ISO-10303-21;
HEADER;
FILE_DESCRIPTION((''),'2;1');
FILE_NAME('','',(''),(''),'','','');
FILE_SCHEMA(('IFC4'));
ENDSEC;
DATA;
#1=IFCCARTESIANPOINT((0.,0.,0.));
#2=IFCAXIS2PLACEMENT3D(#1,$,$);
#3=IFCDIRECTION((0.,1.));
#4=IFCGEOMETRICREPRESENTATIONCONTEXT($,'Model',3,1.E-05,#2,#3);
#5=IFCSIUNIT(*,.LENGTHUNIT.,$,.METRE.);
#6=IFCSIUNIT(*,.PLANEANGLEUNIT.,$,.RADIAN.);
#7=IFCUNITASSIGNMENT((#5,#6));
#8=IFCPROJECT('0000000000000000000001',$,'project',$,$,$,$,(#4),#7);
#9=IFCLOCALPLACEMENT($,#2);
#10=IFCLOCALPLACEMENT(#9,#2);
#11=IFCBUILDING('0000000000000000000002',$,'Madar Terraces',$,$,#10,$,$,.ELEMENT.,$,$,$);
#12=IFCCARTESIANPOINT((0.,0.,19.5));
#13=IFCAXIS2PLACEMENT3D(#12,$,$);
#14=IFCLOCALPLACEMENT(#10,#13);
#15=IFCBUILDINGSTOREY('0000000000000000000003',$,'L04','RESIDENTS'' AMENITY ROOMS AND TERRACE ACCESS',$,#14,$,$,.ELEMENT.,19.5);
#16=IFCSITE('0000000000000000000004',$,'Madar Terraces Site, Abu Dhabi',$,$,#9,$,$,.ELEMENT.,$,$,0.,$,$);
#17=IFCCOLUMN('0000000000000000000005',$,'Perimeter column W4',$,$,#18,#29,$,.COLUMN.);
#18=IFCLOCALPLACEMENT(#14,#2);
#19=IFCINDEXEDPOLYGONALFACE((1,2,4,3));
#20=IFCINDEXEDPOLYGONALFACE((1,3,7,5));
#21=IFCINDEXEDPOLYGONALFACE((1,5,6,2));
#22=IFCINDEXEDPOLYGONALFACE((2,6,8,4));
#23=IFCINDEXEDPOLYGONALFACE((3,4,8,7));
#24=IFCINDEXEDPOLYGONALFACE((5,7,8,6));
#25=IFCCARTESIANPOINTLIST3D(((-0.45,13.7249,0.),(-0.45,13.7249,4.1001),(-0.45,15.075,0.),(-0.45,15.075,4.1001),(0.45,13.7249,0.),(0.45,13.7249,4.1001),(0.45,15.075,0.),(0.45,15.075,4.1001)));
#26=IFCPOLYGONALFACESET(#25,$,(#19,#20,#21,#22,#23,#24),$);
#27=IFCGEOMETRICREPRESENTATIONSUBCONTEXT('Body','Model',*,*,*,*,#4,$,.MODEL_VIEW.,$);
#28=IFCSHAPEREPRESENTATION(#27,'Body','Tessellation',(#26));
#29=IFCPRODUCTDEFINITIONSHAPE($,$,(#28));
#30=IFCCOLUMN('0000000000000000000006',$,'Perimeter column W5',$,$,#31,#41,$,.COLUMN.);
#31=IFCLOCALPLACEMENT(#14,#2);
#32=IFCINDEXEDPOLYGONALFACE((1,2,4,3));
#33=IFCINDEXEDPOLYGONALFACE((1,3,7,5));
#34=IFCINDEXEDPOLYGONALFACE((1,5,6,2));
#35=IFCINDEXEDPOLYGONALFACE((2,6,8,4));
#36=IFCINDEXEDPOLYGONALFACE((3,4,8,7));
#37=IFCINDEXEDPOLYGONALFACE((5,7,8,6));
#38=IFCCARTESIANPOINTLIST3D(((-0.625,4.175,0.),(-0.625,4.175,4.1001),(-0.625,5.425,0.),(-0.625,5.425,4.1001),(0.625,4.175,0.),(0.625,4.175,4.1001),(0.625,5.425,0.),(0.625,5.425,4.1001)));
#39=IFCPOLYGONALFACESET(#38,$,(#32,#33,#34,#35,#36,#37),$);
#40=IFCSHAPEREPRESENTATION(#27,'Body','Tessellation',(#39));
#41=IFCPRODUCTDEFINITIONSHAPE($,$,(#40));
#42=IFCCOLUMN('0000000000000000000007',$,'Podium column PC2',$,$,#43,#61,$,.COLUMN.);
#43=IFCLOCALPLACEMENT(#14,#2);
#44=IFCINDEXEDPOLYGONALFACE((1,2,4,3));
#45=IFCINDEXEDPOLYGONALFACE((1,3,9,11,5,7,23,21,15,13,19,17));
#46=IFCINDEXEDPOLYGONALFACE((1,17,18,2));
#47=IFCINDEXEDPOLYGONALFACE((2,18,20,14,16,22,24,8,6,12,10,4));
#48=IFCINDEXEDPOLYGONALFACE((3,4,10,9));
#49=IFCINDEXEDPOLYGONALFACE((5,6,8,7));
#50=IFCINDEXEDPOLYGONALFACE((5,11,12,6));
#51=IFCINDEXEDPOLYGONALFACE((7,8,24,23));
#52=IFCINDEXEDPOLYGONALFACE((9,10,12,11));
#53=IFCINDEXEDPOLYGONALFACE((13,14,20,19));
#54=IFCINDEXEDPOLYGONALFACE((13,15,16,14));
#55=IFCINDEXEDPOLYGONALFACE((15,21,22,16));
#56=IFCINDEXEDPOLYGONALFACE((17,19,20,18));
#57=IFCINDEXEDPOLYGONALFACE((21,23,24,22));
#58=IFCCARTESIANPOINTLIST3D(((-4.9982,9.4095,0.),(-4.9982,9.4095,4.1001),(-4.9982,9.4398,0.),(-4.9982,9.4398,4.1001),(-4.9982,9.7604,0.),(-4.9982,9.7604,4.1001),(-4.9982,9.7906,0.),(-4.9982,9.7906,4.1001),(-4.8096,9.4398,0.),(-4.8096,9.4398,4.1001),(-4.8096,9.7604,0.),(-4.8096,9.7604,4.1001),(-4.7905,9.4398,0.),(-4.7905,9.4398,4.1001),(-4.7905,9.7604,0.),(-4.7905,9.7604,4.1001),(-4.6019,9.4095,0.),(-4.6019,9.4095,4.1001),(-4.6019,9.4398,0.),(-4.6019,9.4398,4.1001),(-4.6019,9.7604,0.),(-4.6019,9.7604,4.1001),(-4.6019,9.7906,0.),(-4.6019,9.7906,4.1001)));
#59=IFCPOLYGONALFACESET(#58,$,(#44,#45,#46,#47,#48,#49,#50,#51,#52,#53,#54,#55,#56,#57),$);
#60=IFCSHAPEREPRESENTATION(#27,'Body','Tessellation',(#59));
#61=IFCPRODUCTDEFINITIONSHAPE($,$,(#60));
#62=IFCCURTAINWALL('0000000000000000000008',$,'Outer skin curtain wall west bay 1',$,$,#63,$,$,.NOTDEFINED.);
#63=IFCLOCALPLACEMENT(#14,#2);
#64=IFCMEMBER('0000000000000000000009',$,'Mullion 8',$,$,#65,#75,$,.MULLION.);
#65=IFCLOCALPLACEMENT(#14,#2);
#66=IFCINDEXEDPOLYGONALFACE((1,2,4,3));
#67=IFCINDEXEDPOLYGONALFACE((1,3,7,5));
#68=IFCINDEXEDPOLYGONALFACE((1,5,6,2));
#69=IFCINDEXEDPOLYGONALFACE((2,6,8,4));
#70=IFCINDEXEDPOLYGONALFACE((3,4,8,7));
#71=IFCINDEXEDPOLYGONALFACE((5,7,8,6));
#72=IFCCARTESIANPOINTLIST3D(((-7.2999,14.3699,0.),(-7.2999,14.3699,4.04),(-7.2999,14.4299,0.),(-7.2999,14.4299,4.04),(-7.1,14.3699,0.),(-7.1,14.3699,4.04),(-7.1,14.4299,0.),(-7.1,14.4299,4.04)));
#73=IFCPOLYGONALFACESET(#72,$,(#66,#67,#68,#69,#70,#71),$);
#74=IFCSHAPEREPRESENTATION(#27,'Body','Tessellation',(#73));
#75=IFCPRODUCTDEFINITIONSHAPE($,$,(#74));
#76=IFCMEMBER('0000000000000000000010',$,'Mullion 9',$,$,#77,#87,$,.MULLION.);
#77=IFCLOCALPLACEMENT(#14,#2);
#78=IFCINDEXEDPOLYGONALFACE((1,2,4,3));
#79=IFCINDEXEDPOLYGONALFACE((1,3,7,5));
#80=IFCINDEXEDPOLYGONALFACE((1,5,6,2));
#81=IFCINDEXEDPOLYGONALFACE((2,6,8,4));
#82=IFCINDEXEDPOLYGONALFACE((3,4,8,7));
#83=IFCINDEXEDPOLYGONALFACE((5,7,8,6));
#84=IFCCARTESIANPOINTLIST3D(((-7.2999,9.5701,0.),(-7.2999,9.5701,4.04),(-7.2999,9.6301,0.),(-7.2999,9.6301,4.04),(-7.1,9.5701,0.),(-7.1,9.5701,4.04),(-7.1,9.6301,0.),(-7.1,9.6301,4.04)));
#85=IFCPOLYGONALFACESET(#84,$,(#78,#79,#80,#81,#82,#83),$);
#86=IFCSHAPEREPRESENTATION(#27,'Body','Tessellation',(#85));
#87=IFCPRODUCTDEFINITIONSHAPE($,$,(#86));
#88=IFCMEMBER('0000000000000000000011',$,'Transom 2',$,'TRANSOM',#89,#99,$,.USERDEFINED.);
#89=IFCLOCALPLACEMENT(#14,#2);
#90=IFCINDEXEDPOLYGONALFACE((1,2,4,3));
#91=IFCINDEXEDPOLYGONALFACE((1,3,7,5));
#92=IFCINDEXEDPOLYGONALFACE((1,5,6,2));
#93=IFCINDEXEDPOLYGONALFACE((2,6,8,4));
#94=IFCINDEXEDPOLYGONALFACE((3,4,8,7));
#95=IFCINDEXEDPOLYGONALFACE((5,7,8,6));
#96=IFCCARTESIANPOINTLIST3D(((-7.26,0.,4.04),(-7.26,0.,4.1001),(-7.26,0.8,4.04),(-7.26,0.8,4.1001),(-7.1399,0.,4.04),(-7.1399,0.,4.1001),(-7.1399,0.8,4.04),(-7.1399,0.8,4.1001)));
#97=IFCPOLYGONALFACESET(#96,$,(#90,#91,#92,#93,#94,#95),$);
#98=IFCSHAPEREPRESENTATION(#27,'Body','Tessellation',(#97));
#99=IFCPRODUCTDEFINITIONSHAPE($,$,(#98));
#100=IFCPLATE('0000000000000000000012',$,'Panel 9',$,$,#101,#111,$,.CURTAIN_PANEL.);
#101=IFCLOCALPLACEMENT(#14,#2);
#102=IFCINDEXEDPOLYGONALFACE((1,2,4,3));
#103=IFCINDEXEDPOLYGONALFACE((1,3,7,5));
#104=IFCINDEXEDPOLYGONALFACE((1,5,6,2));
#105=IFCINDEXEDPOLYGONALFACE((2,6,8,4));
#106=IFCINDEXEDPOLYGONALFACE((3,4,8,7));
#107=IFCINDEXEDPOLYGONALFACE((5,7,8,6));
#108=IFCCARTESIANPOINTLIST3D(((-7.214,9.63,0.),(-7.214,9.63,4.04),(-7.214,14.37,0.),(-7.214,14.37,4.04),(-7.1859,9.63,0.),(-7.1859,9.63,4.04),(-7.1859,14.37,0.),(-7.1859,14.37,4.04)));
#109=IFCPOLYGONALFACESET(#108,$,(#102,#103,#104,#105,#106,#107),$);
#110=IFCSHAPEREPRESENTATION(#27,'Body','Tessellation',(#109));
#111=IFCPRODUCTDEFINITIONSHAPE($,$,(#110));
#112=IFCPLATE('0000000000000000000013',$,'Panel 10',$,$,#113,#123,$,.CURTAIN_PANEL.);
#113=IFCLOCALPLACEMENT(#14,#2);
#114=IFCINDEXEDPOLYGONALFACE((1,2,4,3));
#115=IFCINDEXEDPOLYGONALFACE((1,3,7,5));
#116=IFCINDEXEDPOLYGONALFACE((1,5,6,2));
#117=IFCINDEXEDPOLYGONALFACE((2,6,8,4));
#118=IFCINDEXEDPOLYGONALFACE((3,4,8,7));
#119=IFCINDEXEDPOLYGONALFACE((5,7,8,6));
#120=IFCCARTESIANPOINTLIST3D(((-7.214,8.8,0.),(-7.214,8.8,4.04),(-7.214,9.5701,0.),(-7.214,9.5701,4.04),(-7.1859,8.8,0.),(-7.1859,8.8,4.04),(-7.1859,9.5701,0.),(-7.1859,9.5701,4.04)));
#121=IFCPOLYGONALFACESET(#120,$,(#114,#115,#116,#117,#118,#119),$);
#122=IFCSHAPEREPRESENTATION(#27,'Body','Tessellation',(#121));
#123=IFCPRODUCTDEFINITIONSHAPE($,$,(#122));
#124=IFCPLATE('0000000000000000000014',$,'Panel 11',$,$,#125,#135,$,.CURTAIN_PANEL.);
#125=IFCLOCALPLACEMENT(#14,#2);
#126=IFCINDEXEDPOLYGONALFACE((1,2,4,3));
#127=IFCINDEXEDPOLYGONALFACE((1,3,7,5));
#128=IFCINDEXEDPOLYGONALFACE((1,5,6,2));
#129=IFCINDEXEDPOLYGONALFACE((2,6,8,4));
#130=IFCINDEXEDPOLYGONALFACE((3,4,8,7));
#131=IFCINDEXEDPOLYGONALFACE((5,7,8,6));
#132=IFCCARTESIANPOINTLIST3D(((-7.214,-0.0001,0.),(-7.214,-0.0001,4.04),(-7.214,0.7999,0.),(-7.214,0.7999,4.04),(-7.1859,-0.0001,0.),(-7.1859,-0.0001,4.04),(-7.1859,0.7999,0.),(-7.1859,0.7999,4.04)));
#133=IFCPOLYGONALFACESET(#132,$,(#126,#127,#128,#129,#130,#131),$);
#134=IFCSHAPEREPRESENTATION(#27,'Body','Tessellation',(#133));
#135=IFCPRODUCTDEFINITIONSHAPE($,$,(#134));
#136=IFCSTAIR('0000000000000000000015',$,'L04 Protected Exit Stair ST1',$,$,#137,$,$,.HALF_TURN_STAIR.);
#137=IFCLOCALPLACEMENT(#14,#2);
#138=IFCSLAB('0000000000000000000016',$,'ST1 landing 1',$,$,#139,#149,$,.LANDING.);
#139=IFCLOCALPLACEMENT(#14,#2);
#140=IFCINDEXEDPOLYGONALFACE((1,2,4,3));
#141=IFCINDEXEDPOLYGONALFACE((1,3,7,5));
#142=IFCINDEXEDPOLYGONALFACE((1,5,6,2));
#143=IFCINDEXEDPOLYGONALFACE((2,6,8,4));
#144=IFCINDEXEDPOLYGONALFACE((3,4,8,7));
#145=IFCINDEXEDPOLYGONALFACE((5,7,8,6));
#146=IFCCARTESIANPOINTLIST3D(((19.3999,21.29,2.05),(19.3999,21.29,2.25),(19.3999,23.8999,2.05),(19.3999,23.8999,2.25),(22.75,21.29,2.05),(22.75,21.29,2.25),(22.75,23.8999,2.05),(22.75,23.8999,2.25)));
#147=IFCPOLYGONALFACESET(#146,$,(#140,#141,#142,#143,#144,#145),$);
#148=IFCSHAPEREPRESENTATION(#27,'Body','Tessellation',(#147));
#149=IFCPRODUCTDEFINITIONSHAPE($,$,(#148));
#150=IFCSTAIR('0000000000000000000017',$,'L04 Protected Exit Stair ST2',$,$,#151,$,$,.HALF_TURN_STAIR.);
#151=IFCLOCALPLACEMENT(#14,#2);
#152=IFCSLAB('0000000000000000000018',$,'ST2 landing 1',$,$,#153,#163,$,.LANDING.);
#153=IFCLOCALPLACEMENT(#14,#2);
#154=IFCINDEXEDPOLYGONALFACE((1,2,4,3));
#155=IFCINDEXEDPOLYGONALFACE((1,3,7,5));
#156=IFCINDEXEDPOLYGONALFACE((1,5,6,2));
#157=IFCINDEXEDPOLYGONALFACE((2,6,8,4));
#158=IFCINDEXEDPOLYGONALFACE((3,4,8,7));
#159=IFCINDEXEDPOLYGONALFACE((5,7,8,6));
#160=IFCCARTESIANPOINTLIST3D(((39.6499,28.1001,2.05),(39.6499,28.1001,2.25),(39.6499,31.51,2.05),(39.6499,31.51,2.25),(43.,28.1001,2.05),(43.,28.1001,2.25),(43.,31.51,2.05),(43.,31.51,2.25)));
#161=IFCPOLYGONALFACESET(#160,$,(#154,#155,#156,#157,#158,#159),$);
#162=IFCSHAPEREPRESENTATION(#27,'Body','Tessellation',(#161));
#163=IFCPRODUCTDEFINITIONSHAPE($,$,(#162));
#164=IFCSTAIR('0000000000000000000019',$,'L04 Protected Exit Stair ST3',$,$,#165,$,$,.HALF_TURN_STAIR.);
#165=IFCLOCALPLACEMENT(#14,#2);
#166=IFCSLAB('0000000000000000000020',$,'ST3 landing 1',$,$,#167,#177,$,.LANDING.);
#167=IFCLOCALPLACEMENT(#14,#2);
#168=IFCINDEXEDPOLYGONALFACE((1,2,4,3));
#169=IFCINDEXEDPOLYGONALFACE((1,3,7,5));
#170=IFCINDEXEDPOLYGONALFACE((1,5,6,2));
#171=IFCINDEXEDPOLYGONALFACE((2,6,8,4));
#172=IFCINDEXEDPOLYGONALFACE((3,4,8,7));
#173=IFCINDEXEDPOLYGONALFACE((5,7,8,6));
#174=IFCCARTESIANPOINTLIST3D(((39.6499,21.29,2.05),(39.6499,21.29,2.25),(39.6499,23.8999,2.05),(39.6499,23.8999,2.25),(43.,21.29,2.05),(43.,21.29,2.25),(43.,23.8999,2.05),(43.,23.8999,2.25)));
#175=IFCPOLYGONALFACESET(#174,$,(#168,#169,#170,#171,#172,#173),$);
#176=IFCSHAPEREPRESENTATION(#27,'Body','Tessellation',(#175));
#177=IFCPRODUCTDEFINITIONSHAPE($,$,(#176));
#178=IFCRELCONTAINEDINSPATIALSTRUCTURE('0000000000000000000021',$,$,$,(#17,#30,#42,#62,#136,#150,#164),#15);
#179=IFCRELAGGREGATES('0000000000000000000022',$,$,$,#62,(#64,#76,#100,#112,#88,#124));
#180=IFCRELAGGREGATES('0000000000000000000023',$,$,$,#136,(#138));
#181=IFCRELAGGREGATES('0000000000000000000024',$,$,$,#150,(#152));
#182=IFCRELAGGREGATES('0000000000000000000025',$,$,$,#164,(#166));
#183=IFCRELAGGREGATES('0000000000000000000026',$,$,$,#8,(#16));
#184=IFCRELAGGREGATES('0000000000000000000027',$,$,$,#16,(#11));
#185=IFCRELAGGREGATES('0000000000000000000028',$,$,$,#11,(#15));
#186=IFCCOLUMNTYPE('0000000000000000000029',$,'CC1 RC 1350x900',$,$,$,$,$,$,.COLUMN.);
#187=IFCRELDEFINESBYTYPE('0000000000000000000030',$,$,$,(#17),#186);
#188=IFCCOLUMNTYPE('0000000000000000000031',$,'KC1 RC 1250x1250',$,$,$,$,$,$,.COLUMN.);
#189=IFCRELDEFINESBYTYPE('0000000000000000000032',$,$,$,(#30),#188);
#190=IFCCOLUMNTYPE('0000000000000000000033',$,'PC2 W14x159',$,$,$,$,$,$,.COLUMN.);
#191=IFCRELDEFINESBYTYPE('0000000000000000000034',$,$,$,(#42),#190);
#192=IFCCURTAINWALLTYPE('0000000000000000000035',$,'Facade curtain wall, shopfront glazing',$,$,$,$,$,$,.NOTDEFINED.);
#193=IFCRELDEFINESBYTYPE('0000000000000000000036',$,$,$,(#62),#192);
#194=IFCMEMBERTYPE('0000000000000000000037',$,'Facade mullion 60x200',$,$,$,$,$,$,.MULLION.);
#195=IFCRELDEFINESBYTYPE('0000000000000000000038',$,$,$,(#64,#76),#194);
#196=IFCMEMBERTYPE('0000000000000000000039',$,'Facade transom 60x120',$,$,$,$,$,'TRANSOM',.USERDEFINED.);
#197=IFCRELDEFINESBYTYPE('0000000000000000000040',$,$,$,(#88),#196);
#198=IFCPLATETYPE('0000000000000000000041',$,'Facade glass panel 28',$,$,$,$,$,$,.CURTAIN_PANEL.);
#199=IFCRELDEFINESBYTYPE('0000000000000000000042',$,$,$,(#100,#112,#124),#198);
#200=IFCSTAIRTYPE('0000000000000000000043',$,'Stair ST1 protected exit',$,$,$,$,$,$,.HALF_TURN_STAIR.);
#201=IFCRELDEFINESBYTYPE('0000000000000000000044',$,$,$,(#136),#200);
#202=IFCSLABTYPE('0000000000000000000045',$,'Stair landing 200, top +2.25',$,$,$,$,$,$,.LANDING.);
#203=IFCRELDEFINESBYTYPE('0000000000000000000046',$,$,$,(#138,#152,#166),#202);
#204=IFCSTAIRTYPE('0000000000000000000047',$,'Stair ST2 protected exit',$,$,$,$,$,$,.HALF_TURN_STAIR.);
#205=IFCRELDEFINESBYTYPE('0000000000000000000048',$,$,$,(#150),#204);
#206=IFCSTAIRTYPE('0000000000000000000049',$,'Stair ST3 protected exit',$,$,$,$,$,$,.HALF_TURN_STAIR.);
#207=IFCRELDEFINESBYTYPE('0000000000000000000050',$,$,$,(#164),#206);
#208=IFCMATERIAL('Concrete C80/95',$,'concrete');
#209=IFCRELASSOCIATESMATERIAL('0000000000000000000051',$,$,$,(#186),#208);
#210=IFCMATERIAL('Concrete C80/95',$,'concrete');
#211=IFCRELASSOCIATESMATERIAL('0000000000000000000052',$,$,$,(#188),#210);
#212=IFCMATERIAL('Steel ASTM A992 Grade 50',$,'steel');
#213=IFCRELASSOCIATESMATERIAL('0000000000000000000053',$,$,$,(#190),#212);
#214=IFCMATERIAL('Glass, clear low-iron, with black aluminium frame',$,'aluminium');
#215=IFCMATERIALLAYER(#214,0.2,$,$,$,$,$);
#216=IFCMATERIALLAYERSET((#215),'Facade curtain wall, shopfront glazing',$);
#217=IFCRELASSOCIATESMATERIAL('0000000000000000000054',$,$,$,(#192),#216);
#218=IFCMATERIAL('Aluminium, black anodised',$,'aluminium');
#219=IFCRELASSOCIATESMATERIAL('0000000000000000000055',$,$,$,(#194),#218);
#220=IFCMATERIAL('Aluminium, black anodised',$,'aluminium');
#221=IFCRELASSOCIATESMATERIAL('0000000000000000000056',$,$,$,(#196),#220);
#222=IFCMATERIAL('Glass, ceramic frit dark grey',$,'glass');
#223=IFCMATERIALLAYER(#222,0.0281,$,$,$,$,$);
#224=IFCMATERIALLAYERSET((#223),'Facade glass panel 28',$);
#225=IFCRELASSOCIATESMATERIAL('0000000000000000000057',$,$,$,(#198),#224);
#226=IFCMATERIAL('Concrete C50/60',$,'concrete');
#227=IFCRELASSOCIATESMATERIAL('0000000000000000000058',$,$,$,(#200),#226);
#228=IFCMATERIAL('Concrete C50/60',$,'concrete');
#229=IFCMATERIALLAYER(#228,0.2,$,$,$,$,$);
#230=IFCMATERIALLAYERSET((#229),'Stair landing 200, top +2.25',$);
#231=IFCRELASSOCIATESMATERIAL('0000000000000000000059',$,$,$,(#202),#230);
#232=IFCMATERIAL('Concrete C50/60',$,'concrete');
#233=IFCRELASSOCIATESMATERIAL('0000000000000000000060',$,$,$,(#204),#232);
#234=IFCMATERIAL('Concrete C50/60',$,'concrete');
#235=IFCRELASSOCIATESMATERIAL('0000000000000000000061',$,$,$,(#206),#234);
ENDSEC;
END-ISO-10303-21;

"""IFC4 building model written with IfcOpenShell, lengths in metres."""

from ifc_helpers import new_model, si_unit, direction, frame, origin, origin_2d, place, context, subcontext, project, spatial, polyline, rectangle, i_section, outline, extrude, material, layer, layer_set, material_profile, profile_set, type_object, element, aggregate, save


model = new_model("IFC4")

# Units and contexts
model_context = context("Model", 3, precision=1e-05, world=origin(), true_north=direction((0.0, 1.0)))
body_context = subcontext(model_context, "Body", "Model", "MODEL_VIEW")
ifc_project = project(units=[si_unit("LENGTHUNIT", "METRE"), si_unit("PLANEANGLEUNIT", "RADIAN")], contexts=[model_context])

# Site, building, storey
site_placement = place(None, origin())
site = spatial("IfcSite", under=ifc_project, at=site_placement, Name="Madar Terraces Site, Abu Dhabi", CompositionType="ELEMENT", RefElevation=0.0)
building_placement = place(site_placement, origin())
building = spatial("IfcBuilding", under=site, at=building_placement, Name="Madar Terraces", CompositionType="ELEMENT")
storey_placement = place(building_placement, frame((0.0, 0.0, 19.5)))
storey = spatial("IfcBuildingStorey", under=building, at=storey_placement, Name="L04", Description="RESIDENTS' AMENITY ROOMS AND TERRACE ACCESS", CompositionType="ELEMENT", Elevation=19.5)

# Columns
ifc_material_1 = material(Name="Concrete C80/95", Category="concrete")
ifc_material_profile_1 = material_profile(ifc_material_1, rectangle(XDim=1.3501, YDim=0.8999, at=origin_2d()), Name="CC1 RC 1350x900")
ifc_profile_set_1 = profile_set([ifc_material_profile_1], Name="Concrete C80/95")
column_type_1 = type_object("IfcColumnType", Name="CC1 RC 1350x900", PredefinedType="COLUMN", material=ifc_profile_set_1)
column_1_placement = place(storey_placement, frame((0.0, 14.3999, 0.0), z_axis=(0.0, 0.0, 1.0), x_axis=(0.0, 1.0, 0.0)))
element("IfcColumn", 1, at=column_1_placement, inside=storey, type_object=column_type_1, Name="Perimeter column W4", PredefinedType="COLUMN", context=body_context, shape_type="SweptSolid", body=[
    extrude(rectangle(XDim=1.3501, YDim=0.8999, at=origin_2d()), origin(), (0.0, 0.0, 1.0), 4.1001),
])
ifc_material_2 = material(Name="Concrete C80/95", Category="concrete")
ifc_material_profile_2 = material_profile(ifc_material_2, rectangle(XDim=1.25, YDim=1.25, at=origin_2d()), Name="KC1 RC 1250x1250")
ifc_profile_set_2 = profile_set([ifc_material_profile_2], Name="Concrete C80/95")
column_type_2 = type_object("IfcColumnType", Name="KC1 RC 1250x1250", PredefinedType="COLUMN", material=ifc_profile_set_2)
column_2_placement = place(storey_placement, frame((0.0, 4.8, 0.0), z_axis=(0.0, 0.0, 1.0), x_axis=(1.0, 0.0, 0.0)))
element("IfcColumn", 2, at=column_2_placement, inside=storey, type_object=column_type_2, Name="Perimeter column W5", PredefinedType="COLUMN", context=body_context, shape_type="SweptSolid", body=[
    extrude(rectangle(XDim=1.25, YDim=1.25, at=origin_2d()), origin(), (0.0, 0.0, 1.0), 4.1001),
])
ifc_material_3 = material(Name="Steel ASTM A992 Grade 50", Category="steel")
ifc_material_profile_3 = material_profile(ifc_material_3, i_section(OverallWidth=0.3962, OverallDepth=0.3811, WebThickness=0.019, FlangeThickness=0.0303, at=origin_2d()), Name="W14x159")
ifc_profile_set_3 = profile_set([ifc_material_profile_3], Name="Steel ASTM A992 Grade 50")
column_type_3 = type_object("IfcColumnType", Name="PC2 W14x159", PredefinedType="COLUMN", material=ifc_profile_set_3)
column_3_placement = place(storey_placement, frame((-4.8, 9.6001, 0.0), z_axis=(0.0, 0.0, 1.0), x_axis=(1.0, 0.0, 0.0)))
element("IfcColumn", 3, at=column_3_placement, inside=storey, type_object=column_type_3, Name="Podium column PC2", PredefinedType="COLUMN", context=body_context, shape_type="SweptSolid", body=[
    extrude(i_section(OverallWidth=0.3962, OverallDepth=0.3811, WebThickness=0.019, FlangeThickness=0.0303, at=origin_2d()), origin(), (0.0, 0.0, 1.0), 4.1001),
])

# Curtain wall, members, plates
ifc_material_4 = material(Name="Glass, clear low-iron, with black aluminium frame", Category="aluminium")
ifc_layer_1 = layer(ifc_material_4, 0.2)
ifc_layer_set_1 = layer_set([ifc_layer_1], Name="Facade curtain wall, shopfront glazing")
curtain_wall_type = type_object("IfcCurtainWallType", Name="Facade curtain wall, shopfront glazing", PredefinedType="NOTDEFINED", material=ifc_layer_set_1)
curtain_wall_placement = place(storey_placement, origin())
curtain_wall = element("IfcCurtainWall", 4, at=curtain_wall_placement, inside=storey, type_object=curtain_wall_type, Name="Outer skin curtain wall west bay 1", PredefinedType="NOTDEFINED")
ifc_material_5 = material(Name="Aluminium, black anodised", Category="aluminium")
ifc_material_profile_4 = material_profile(ifc_material_5, rectangle(XDim=0.2, YDim=0.0601, at=origin_2d()), Name="Facade mullion 60x200")
ifc_profile_set_4 = profile_set([ifc_material_profile_4], Name="Aluminium, black anodised")
member_type_1 = type_object("IfcMemberType", Name="Facade mullion 60x200", PredefinedType="MULLION", material=ifc_profile_set_4)
member_1_placement = place(storey_placement, frame((-7.2, 14.3999, 0.0), z_axis=(0.0, 0.0, 1.0), x_axis=(1.0, 0.0, 0.0)))
member_1 = element("IfcMember", 5, at=member_1_placement, type_object=member_type_1, Name="Mullion 8", PredefinedType="MULLION", context=body_context, shape_type="SweptSolid", body=[
    extrude(rectangle(XDim=0.2, YDim=0.0601, at=origin_2d()), origin(), (0.0, 0.0, 1.0), 4.04),
])
member_2_placement = place(storey_placement, frame((-7.2, 9.6001, 0.0), z_axis=(0.0, 0.0, 1.0), x_axis=(1.0, 0.0, 0.0)))
member_2 = element("IfcMember", 6, at=member_2_placement, type_object=member_type_1, Name="Mullion 9", PredefinedType="MULLION", context=body_context, shape_type="SweptSolid", body=[
    extrude(rectangle(XDim=0.2, YDim=0.0601, at=origin_2d()), origin(), (0.0, 0.0, 1.0), 4.04),
])
ifc_material_6 = material(Name="Aluminium, black anodised", Category="aluminium")
ifc_material_profile_5 = material_profile(ifc_material_6, rectangle(XDim=0.1201, YDim=0.0601, at=origin_2d()), Name="Facade transom 60x120")
ifc_profile_set_5 = profile_set([ifc_material_profile_5], Name="Aluminium, black anodised")
member_type_2 = type_object("IfcMemberType", Name="Facade transom 60x120", ElementType="TRANSOM", PredefinedType="USERDEFINED", material=ifc_profile_set_5)
member_3_placement = place(storey_placement, frame((-7.2, 0.8, 4.0701), z_axis=(0.0, -1.0, 0.0), x_axis=(1.0, 0.0, 0.0)))
member_3 = element("IfcMember", 7, at=member_3_placement, type_object=member_type_2, Name="Transom 2", ObjectType="TRANSOM", PredefinedType="USERDEFINED", context=body_context, shape_type="SweptSolid", body=[
    extrude(rectangle(XDim=0.1201, YDim=0.0601, at=origin_2d()), origin(), (0.0, 0.0, 1.0), 0.8),
])
ifc_material_7 = material(Name="Glass, ceramic frit dark grey", Category="glass")
ifc_layer_2 = layer(ifc_material_7, 0.0281)
ifc_layer_set_2 = layer_set([ifc_layer_2], Name="Facade glass panel 28")
plate_type = type_object("IfcPlateType", Name="Facade glass panel 28", PredefinedType="CURTAIN_PANEL", material=ifc_layer_set_2)
plate_1_placement = place(storey_placement, frame((-7.2, 12.0, 0.0), z_axis=(0.0, 0.0, 1.0), x_axis=(0.0, -1.0, 0.0)))
plate_1 = element("IfcPlate", 8, at=plate_1_placement, type_object=plate_type, Name="Panel 9", PredefinedType="CURTAIN_PANEL", context=body_context, shape_type="SweptSolid", body=[
    extrude(rectangle(XDim=4.74, YDim=0.0281, at=origin_2d()), origin(), (0.0, 0.0, 1.0), 4.04),
])
plate_2_placement = place(storey_placement, frame((-7.2, 9.1851, 0.0), z_axis=(0.0, 0.0, 1.0), x_axis=(0.0, -1.0, 0.0)))
plate_2 = element("IfcPlate", 9, at=plate_2_placement, type_object=plate_type, Name="Panel 10", PredefinedType="CURTAIN_PANEL", context=body_context, shape_type="SweptSolid", body=[
    extrude(rectangle(XDim=0.77, YDim=0.0281, at=origin_2d()), origin(), (0.0, 0.0, 1.0), 4.04),
])
plate_3_placement = place(storey_placement, frame((-7.2, 0.3999, 0.0), z_axis=(0.0, 0.0, 1.0), x_axis=(0.0, -1.0, 0.0)))
plate_3 = element("IfcPlate", 10, at=plate_3_placement, type_object=plate_type, Name="Panel 11", PredefinedType="CURTAIN_PANEL", context=body_context, shape_type="SweptSolid", body=[
    extrude(rectangle(XDim=0.8, YDim=0.0281, at=origin_2d()), origin(), (0.0, 0.0, 1.0), 4.04),
])
aggregate(curtain_wall, [member_1, member_2, plate_1, plate_2, member_3, plate_3])

# Stairs, slabs
ifc_material_8 = material(Name="Concrete C50/60", Category="concrete")
stair_type_1 = type_object("IfcStairType", Name="Stair ST1 protected exit", PredefinedType="HALF_TURN_STAIR", material=ifc_material_8)
stair_1_placement = place(storey_placement, origin())
stair_1 = element("IfcStair", 11, at=stair_1_placement, inside=storey, type_object=stair_type_1, Name="L04 Protected Exit Stair ST1", PredefinedType="HALF_TURN_STAIR")
ifc_material_9 = material(Name="Concrete C50/60", Category="concrete")
ifc_layer_3 = layer(ifc_material_9, 0.2)
ifc_layer_set_3 = layer_set([ifc_layer_3], Name="Stair landing 200, top +2.25")
slab_type = type_object("IfcSlabType", Name="Stair landing 200, top +2.25", PredefinedType="LANDING", material=ifc_layer_set_3)
slab_1_placement = place(storey_placement, frame((0.0, 0.0, 2.05)))
slab_1 = element("IfcSlab", 12, at=slab_1_placement, type_object=slab_type, Name="ST1 landing 1", PredefinedType="LANDING", context=body_context, shape_type="SweptSolid", body=[
    extrude(outline(polyline([(19.3999, 21.29), (22.75, 21.29), (22.75, 23.8999), (19.3999, 23.8999), (19.3999, 21.29)])), origin(), (0.0, 0.0, 1.0), 0.2),
])
aggregate(stair_1, [slab_1])
ifc_material_10 = material(Name="Concrete C50/60", Category="concrete")
stair_type_2 = type_object("IfcStairType", Name="Stair ST2 protected exit", PredefinedType="HALF_TURN_STAIR", material=ifc_material_10)
stair_2_placement = place(storey_placement, origin())
stair_2 = element("IfcStair", 13, at=stair_2_placement, inside=storey, type_object=stair_type_2, Name="L04 Protected Exit Stair ST2", PredefinedType="HALF_TURN_STAIR")
slab_2_placement = place(storey_placement, frame((0.0, 0.0, 2.05)))
slab_2 = element("IfcSlab", 14, at=slab_2_placement, type_object=slab_type, Name="ST2 landing 1", PredefinedType="LANDING", context=body_context, shape_type="SweptSolid", body=[
    extrude(outline(polyline([(39.6499, 28.1001), (43.0, 28.1001), (43.0, 31.51), (39.6499, 31.51), (39.6499, 28.1001)])), origin(), (0.0, 0.0, 1.0), 0.2),
])
aggregate(stair_2, [slab_2])
ifc_material_11 = material(Name="Concrete C50/60", Category="concrete")
stair_type_3 = type_object("IfcStairType", Name="Stair ST3 protected exit", PredefinedType="HALF_TURN_STAIR", material=ifc_material_11)
stair_3_placement = place(storey_placement, origin())
stair_3 = element("IfcStair", 15, at=stair_3_placement, inside=storey, type_object=stair_type_3, Name="L04 Protected Exit Stair ST3", PredefinedType="HALF_TURN_STAIR")
slab_3_placement = place(storey_placement, frame((0.0, 0.0, 2.05)))
slab_3 = element("IfcSlab", 16, at=slab_3_placement, type_object=slab_type, Name="ST3 landing 1", PredefinedType="LANDING", context=body_context, shape_type="SweptSolid", body=[
    extrude(outline(polyline([(39.6499, 21.29), (43.0, 21.29), (43.0, 23.8999), (39.6499, 23.8999), (39.6499, 21.29)])), origin(), (0.0, 0.0, 1.0), 0.2),
])
aggregate(stair_3, [slab_3])

save(model, "model.ifc")
